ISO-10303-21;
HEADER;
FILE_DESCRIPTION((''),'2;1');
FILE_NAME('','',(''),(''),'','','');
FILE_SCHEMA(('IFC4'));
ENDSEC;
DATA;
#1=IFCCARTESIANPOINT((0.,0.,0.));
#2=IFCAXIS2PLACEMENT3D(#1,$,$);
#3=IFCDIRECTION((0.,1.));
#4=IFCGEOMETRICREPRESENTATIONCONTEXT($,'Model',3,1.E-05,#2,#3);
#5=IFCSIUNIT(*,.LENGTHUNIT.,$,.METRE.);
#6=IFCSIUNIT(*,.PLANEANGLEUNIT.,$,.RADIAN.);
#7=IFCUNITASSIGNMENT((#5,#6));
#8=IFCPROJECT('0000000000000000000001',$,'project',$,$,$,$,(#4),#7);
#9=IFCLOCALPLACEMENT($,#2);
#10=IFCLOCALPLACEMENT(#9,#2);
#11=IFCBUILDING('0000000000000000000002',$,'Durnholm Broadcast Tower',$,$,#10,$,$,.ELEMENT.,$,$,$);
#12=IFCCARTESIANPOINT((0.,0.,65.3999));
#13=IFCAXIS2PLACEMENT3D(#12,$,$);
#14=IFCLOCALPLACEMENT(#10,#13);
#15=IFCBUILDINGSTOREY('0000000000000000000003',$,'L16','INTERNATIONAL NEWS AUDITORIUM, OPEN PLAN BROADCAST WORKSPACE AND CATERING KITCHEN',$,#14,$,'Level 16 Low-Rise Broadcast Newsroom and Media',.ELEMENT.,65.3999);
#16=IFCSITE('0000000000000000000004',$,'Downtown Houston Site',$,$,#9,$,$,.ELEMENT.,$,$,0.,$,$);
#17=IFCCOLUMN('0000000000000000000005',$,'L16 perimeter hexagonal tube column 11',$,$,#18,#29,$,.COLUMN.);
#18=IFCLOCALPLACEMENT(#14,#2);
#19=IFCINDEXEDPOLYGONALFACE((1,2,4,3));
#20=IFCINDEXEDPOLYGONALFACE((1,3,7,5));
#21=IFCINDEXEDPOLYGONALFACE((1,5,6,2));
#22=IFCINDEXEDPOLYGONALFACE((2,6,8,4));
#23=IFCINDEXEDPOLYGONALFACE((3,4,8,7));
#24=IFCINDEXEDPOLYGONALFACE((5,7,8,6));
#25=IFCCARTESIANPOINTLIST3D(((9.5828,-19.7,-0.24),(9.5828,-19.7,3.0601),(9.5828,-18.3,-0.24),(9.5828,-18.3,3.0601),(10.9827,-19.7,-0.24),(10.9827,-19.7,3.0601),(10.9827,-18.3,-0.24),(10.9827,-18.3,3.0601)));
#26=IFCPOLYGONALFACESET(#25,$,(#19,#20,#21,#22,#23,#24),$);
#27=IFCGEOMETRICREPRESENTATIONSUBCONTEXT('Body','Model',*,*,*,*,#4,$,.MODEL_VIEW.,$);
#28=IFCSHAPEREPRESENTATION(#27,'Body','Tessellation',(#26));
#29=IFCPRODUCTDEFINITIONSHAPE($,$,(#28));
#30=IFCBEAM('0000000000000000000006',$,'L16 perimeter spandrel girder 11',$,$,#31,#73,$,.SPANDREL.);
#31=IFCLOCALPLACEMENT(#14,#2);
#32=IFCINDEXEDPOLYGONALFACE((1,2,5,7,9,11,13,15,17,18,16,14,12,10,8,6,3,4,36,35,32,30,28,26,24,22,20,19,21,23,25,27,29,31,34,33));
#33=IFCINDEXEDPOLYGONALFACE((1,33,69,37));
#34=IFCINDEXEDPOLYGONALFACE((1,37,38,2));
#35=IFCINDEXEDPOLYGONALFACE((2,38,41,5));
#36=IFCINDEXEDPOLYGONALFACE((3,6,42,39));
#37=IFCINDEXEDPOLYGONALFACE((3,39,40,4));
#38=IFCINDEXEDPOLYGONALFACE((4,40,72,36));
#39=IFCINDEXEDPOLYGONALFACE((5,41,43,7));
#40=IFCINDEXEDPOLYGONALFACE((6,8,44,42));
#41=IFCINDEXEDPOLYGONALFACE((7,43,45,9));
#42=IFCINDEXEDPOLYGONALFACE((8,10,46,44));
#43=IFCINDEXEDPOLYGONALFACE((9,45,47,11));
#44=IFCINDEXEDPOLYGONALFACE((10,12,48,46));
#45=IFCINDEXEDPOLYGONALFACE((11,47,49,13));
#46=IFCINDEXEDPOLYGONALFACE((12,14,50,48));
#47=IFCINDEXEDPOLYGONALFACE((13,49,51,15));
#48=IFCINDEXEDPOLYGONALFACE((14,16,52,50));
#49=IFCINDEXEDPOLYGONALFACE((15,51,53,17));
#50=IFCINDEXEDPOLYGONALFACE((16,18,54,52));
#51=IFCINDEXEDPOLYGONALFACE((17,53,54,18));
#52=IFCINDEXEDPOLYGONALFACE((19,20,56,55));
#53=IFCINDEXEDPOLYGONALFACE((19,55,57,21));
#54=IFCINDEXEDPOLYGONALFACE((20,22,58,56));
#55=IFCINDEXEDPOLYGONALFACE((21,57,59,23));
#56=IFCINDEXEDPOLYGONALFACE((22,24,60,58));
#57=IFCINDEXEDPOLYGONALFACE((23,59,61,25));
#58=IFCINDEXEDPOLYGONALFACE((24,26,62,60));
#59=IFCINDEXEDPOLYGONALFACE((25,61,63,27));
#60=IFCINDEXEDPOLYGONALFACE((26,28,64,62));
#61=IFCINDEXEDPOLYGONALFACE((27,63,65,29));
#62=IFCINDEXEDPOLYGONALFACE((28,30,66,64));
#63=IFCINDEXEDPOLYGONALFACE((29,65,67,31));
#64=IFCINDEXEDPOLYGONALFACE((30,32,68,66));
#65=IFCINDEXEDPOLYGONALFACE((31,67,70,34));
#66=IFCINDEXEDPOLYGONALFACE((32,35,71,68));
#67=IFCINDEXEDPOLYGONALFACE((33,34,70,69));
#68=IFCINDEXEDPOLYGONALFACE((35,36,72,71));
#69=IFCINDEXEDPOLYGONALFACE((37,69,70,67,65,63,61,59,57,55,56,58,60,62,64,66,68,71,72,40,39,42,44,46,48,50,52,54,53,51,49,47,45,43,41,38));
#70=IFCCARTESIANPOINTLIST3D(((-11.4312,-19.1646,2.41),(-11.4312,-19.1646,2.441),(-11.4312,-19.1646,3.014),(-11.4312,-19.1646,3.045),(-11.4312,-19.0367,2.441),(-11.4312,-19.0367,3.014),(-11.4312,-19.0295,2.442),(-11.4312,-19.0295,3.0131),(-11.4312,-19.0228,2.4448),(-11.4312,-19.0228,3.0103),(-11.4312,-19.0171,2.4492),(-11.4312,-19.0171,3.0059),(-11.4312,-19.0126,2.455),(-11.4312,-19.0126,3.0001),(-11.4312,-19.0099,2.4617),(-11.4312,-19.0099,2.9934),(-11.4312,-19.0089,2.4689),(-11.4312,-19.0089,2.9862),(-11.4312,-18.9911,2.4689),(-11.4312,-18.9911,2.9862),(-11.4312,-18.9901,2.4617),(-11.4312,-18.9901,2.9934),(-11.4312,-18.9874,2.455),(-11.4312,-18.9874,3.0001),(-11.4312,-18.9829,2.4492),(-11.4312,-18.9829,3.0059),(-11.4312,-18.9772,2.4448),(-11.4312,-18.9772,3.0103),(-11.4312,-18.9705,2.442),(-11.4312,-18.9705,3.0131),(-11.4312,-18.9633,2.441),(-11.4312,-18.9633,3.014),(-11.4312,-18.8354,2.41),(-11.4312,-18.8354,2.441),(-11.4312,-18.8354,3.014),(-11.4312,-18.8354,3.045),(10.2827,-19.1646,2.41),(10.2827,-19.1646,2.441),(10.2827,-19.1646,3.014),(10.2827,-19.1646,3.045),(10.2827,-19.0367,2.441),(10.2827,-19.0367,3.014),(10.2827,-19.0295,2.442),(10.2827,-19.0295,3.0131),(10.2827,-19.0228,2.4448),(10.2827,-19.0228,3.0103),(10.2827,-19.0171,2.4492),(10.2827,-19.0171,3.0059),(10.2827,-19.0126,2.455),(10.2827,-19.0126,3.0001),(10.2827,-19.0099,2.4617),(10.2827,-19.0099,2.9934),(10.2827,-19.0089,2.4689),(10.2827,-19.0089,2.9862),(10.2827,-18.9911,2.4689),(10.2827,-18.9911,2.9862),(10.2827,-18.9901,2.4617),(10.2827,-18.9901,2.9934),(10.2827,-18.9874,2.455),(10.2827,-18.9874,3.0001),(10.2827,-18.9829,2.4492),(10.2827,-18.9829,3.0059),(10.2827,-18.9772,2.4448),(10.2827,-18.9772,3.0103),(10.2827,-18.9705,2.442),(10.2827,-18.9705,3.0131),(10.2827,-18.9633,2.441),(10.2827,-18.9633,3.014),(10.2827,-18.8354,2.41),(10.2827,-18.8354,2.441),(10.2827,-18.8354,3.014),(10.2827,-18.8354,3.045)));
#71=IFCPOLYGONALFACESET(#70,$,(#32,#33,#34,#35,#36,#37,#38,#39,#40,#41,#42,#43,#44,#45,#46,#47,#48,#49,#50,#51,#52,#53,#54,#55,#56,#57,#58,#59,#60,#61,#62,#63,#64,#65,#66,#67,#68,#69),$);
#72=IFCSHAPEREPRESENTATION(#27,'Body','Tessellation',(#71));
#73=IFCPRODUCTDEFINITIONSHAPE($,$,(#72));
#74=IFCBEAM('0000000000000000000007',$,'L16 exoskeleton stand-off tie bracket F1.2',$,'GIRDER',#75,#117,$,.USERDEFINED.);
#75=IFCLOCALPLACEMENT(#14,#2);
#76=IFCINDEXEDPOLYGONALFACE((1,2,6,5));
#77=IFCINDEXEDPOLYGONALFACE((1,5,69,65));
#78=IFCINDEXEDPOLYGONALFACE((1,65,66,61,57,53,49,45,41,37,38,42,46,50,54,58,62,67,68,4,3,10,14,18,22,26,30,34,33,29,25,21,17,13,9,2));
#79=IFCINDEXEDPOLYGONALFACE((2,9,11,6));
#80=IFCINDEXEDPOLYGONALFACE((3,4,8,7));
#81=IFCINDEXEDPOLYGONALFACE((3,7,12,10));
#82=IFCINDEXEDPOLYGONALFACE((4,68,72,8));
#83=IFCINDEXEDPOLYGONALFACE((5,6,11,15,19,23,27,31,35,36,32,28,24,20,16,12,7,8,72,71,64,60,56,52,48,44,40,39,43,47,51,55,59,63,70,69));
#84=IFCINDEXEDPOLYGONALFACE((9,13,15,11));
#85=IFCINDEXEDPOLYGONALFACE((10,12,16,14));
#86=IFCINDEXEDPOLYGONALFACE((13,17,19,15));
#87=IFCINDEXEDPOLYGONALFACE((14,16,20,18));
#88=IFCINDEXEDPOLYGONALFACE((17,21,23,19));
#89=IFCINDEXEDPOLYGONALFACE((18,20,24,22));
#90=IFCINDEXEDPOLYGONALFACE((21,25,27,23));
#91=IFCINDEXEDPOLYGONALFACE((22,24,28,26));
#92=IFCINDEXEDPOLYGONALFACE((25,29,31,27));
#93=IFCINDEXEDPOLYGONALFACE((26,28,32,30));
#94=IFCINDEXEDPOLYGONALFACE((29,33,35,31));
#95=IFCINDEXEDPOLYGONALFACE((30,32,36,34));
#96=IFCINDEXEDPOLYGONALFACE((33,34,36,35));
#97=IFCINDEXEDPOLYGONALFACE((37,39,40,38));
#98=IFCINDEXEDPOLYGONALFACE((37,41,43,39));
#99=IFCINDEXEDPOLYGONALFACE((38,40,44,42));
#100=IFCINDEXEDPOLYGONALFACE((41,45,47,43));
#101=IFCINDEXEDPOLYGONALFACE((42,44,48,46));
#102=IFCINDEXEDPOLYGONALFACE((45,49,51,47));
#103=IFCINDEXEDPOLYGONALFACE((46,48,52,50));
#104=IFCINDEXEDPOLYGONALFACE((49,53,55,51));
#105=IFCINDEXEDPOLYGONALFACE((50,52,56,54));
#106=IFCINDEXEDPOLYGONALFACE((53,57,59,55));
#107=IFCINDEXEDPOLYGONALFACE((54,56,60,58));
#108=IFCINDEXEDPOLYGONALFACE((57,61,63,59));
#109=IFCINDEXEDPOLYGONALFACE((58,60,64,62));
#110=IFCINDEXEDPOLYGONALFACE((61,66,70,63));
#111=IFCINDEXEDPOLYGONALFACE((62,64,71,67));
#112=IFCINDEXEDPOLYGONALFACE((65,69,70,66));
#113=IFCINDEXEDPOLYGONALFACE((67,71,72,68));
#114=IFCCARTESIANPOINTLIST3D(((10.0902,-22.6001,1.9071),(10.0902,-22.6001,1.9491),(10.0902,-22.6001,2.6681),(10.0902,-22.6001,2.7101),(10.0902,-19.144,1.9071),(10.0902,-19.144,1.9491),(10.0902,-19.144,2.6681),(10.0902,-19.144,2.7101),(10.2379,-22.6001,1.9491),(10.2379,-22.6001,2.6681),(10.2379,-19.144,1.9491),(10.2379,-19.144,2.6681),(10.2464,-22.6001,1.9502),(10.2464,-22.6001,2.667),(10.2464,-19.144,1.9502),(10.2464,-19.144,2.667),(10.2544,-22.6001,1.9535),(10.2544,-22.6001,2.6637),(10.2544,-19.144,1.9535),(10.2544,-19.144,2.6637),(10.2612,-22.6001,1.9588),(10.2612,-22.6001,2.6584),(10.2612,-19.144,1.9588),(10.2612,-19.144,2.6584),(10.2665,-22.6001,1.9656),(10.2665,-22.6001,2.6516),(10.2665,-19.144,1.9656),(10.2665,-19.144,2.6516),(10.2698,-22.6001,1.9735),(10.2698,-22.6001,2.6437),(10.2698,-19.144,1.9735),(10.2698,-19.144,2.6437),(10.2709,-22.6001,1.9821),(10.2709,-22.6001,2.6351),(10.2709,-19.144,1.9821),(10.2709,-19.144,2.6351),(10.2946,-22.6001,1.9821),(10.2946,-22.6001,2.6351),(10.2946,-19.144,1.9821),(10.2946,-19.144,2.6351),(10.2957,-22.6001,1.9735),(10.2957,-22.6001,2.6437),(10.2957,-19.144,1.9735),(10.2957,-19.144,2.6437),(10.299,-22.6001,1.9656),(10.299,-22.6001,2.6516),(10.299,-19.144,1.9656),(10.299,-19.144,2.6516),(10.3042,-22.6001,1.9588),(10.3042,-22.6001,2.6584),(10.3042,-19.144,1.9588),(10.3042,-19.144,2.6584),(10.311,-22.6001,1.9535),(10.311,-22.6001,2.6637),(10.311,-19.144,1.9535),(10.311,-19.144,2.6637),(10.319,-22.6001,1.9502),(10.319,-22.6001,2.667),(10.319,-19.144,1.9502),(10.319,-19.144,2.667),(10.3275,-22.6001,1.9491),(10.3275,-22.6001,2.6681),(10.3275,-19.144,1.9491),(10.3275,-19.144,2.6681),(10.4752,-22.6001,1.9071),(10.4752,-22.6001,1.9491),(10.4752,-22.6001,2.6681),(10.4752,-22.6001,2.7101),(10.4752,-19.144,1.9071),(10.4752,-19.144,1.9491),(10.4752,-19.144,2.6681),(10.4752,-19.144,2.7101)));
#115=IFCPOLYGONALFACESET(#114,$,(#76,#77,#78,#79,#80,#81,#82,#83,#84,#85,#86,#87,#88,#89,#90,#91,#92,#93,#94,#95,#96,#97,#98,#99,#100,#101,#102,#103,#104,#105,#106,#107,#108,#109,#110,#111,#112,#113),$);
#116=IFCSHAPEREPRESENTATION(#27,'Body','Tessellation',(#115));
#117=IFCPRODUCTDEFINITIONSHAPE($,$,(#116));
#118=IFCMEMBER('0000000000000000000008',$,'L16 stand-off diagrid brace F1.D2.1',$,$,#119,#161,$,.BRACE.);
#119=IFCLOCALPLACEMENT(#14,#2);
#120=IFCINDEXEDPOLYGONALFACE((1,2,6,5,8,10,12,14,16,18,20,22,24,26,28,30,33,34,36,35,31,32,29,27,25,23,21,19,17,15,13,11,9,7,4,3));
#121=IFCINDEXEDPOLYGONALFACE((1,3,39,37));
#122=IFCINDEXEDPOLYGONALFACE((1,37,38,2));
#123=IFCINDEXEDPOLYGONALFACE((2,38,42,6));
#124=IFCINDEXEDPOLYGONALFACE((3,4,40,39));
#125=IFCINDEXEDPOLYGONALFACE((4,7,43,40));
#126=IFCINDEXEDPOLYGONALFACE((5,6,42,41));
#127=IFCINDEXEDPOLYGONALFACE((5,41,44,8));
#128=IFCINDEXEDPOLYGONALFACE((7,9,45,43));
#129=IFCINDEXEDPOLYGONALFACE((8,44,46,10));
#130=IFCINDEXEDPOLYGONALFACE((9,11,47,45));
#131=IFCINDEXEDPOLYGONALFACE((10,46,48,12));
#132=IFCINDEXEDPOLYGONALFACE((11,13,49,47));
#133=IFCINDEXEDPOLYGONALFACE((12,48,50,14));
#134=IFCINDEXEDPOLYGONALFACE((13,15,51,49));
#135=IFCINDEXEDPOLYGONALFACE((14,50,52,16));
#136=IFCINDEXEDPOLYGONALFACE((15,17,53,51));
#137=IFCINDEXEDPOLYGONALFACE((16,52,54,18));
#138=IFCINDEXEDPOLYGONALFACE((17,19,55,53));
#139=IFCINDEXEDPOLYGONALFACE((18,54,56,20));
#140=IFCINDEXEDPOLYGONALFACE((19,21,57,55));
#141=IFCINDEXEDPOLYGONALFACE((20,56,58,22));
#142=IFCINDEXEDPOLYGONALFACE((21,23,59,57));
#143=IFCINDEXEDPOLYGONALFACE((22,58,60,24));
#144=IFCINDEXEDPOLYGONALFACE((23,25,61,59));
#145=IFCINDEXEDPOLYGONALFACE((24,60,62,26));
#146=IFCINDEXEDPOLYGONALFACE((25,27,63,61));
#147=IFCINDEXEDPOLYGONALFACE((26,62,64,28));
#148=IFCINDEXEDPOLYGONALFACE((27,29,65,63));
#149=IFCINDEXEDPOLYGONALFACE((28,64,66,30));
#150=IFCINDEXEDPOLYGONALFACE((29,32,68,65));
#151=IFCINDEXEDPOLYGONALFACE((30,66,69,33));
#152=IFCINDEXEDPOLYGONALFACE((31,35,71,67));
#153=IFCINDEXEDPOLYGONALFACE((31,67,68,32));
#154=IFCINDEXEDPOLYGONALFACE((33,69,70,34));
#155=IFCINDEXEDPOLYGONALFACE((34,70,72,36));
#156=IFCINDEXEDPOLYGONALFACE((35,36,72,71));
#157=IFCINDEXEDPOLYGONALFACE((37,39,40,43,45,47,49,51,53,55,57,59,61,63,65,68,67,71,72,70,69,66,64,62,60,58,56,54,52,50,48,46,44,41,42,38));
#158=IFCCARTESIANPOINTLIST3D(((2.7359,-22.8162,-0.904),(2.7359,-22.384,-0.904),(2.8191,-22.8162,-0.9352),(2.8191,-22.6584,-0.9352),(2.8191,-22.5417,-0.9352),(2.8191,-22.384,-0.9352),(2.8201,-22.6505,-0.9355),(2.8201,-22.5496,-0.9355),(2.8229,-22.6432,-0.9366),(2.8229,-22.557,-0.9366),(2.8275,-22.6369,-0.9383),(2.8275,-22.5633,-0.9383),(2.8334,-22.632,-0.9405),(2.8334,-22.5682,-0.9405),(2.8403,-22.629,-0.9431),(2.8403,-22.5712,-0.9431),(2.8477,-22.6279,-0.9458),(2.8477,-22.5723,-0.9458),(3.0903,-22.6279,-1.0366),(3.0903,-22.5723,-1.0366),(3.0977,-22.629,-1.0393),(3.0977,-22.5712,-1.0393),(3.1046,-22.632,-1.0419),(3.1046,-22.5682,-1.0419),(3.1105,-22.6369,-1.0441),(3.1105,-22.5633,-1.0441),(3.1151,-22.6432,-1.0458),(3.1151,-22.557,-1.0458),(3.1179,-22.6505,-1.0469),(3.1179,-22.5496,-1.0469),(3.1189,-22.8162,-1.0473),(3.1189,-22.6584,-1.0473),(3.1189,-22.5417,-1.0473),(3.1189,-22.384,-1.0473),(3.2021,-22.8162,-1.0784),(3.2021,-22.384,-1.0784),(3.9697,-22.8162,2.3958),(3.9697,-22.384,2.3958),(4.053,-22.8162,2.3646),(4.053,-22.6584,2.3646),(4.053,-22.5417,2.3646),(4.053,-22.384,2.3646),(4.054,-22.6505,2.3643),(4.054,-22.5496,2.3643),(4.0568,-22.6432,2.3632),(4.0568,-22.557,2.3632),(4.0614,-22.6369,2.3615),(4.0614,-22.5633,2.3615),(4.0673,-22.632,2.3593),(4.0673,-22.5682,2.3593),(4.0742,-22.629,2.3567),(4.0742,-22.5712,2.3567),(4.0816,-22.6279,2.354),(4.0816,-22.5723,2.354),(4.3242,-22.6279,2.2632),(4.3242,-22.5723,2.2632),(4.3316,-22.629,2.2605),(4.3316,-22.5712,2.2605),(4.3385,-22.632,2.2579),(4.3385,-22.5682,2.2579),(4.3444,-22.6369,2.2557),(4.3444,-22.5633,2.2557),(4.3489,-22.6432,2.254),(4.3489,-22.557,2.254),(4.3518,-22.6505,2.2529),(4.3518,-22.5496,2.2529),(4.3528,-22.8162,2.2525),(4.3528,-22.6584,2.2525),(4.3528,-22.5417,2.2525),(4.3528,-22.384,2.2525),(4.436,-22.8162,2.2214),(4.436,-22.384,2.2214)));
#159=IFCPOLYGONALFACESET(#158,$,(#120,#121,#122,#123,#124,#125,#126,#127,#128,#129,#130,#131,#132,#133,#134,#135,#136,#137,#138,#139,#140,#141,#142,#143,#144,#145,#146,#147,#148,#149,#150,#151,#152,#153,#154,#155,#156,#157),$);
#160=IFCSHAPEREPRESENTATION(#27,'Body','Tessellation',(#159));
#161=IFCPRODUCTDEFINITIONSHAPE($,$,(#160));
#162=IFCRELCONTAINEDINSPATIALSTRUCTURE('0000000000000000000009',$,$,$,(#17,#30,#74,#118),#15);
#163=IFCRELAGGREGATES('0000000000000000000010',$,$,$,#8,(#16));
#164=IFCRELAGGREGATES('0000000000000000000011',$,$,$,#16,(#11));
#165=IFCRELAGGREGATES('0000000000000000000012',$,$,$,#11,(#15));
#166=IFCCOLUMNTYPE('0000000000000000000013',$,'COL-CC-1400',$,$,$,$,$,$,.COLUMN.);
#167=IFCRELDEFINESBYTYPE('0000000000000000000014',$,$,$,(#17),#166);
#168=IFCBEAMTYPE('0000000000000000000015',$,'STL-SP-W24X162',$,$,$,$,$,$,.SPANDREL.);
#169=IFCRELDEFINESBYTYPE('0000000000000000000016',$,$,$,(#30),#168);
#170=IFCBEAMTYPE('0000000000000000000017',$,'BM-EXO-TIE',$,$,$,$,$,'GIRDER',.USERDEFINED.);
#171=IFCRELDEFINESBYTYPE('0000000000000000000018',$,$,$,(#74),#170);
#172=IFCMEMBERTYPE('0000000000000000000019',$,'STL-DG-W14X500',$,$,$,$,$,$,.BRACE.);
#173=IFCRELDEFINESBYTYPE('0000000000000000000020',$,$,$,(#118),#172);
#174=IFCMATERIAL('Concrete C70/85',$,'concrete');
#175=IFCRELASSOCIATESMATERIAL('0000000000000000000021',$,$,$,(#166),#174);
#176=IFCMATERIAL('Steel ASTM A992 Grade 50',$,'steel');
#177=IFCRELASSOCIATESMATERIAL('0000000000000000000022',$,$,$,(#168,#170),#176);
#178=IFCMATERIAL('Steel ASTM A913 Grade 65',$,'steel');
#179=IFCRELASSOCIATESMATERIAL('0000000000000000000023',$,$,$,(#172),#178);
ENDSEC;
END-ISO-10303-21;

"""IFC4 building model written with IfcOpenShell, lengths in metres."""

from ifc_helpers import new_model, si_unit, direction, frame, origin, origin_2d, place, context, subcontext, project, spatial, rectangle, i_section, extrude, source, transform, mapped, material, material_profile, profile_set, type_object, type_shapes, element, save


model = new_model("IFC4")

# Units and contexts
model_context = context("Model", 3, precision=1e-05, world=origin(), true_north=direction((0.0, 1.0)))
body_context = subcontext(model_context, "Body", "Model", "MODEL_VIEW")
ifc_project = project(units=[si_unit("LENGTHUNIT", "METRE"), si_unit("PLANEANGLEUNIT", "RADIAN")], contexts=[model_context])

# Site, building, storey
site_placement = place(None, origin())
site = spatial("IfcSite", under=ifc_project, at=site_placement, Name="Downtown Houston Site", CompositionType="ELEMENT", RefElevation=0.0)
building_placement = place(site_placement, origin())
building = spatial("IfcBuilding", under=site, at=building_placement, Name="Durnholm Broadcast Tower", CompositionType="ELEMENT")
storey_placement = place(building_placement, frame((0.0, 0.0, 65.3999)))
storey = spatial("IfcBuildingStorey", under=building, at=storey_placement, Name="L16", Description="INTERNATIONAL NEWS AUDITORIUM, OPEN PLAN BROADCAST WORKSPACE AND CATERING KITCHEN", LongName="Level 16 Low-Rise Broadcast Newsroom and Media", CompositionType="ELEMENT", Elevation=65.3999)

# Column
ifc_material_1 = material(Name="Concrete C70/85", Category="concrete")
ifc_material_profile_1 = material_profile(ifc_material_1, rectangle(XDim=1.3999, YDim=1.3999, at=origin_2d()), Name="RC1400X1400")
ifc_profile_set_1 = profile_set([ifc_material_profile_1], Name="Concrete C70/85")
column_type = type_object("IfcColumnType", Name="COL-CC-1400", PredefinedType="COLUMN", material=ifc_profile_set_1)
shared_shape_1 = source(origin(), body_context, "Body", "SweptSolid", [
    extrude(rectangle(XDim=1.3999, YDim=1.3999, at=origin_2d()), origin(), (0.0, 0.0, 1.0), 3.3),
])
type_shapes(column_type, [shared_shape_1])
column_placement = place(storey_placement, frame((10.2827, -19.0, -0.24), z_axis=(0.0, 0.0, 1.0), x_axis=(1.0, 0.0, 0.0)))
element("IfcColumn", 1, at=column_placement, inside=storey, type_object=column_type, Name="L16 perimeter hexagonal tube column 11", PredefinedType="COLUMN", context=body_context, shape_type="MappedRepresentation", body=[
    mapped(shared_shape_1, transform((0.0, 0.0, 0.0), x_axis=(1.0, 0.0, 0.0), y_axis=(0.0, 1.0, 0.0), z_axis=(0.0, 0.0, 1.0), scale=1.0)),
])

# Beams
ifc_material_2 = material(Name="Steel ASTM A992 Grade 50", Category="steel")
ifc_material_profile_2 = material_profile(ifc_material_2, i_section(OverallWidth=0.3291, OverallDepth=0.635, WebThickness=0.0178, FlangeThickness=0.031, FilletRadius=0.0278, at=origin_2d()), Name="W24X162")
ifc_profile_set_2 = profile_set([ifc_material_profile_2], Name="Steel ASTM A992 Grade 50")
beam_type_1 = type_object("IfcBeamType", Name="STL-SP-W24X162", PredefinedType="SPANDREL", material=ifc_profile_set_2)
shared_shape_2 = source(origin(), body_context, "Body", "SweptSolid", [
    extrude(i_section(OverallWidth=0.3291, OverallDepth=0.635, WebThickness=0.0178, FlangeThickness=0.031, FilletRadius=0.0278, at=origin_2d()), origin(), (0.0, 0.0, 1.0), 21.7139),
])
type_shapes(beam_type_1, [shared_shape_2])
beam_1_placement = place(storey_placement, frame((10.2827, -19.0, 2.7275), z_axis=(-1.0, 0.0, 0.0), x_axis=(0.0, -1.0, 0.0)))
element("IfcBeam", 2, at=beam_1_placement, inside=storey, type_object=beam_type_1, Name="L16 perimeter spandrel girder 11", PredefinedType="SPANDREL", context=body_context, shape_type="MappedRepresentation", body=[
    mapped(shared_shape_2, transform((0.0, 0.0, 0.0), x_axis=(1.0, 0.0, 0.0), y_axis=(0.0, 1.0, 0.0), z_axis=(0.0, 0.0, 1.0), scale=1.0)),
])
ifc_material_profile_3 = material_profile(ifc_material_2, i_section(OverallWidth=0.385, OverallDepth=0.803, WebThickness=0.0237, FlangeThickness=0.042, FilletRadius=0.033, at=origin_2d()), Name="W30X261")
ifc_profile_set_3 = profile_set([ifc_material_profile_3], Name="Steel ASTM A992 Grade 50")
beam_type_2 = type_object("IfcBeamType", Name="BM-EXO-TIE", ElementType="GIRDER", PredefinedType="USERDEFINED", material=ifc_profile_set_3)
shared_shape_3 = source(origin(), body_context, "Body", "SweptSolid", [
    extrude(i_section(OverallWidth=0.385, OverallDepth=0.803, WebThickness=0.0237, FlangeThickness=0.042, FilletRadius=0.033, at=origin_2d()), origin(), (0.0, 0.0, 1.0), 3.4561),
])
type_shapes(beam_type_2, [shared_shape_3])
beam_2_placement = place(storey_placement, frame((10.2827, -19.144, 2.3086), z_axis=(0.0, -1.0, 0.0), x_axis=(1.0, 0.0, 0.0)))
element("IfcBeam", 3, at=beam_2_placement, inside=storey, type_object=beam_type_2, Name="L16 exoskeleton stand-off tie bracket F1.2", ObjectType="GIRDER", PredefinedType="USERDEFINED", context=body_context, shape_type="MappedRepresentation", body=[
    mapped(shared_shape_3, transform((0.0, 0.0, 0.0), x_axis=(1.0, 0.0, 0.0), y_axis=(0.0, 1.0, 0.0), z_axis=(0.0, 0.0, 1.0), scale=1.0)),
])

# Member
ifc_material_3 = material(Name="Steel ASTM A913 Grade 65", Category="steel")
ifc_material_profile_4 = material_profile(ifc_material_3, i_section(OverallWidth=0.4321, OverallDepth=0.4978, WebThickness=0.0557, FlangeThickness=0.0889, FilletRadius=0.0305, at=origin_2d()), Name="W14X500")
ifc_profile_set_4 = profile_set([ifc_material_profile_4], Name="Steel ASTM A913 Grade 65")
member_type_1 = type_object("IfcMemberType", Name="STL-DG-W14X500", PredefinedType="BRACE", material=ifc_profile_set_4)
shared_shape_4 = source(origin(), body_context, "Body", "SweptSolid", [
    extrude(i_section(OverallWidth=0.4321, OverallDepth=0.4978, WebThickness=0.0557, FlangeThickness=0.0889, FilletRadius=0.0305, at=origin_2d()), origin(), (0.0, 0.0, 1.0), 3.5229),
])
type_shapes(member_type_1, [shared_shape_4])
for number, where, z_axis, x_axis, name in (
    (4, (2.969, -22.6001, -0.9912), (0.350242, 0.0, 0.936659), (0.0, 1.0, 0.0), "L16 stand-off diagrid brace F1.D2.1"),
):
    element("IfcMember", number, at=place(storey_placement, frame(where, z_axis=z_axis, x_axis=x_axis)), inside=storey, type_object=member_type_1, Name=name, PredefinedType="BRACE", context=body_context, shape_type="MappedRepresentation", body=[
        mapped(shared_shape_4, transform((0.0, 0.0, 0.0), x_axis=(1.0, 0.0, 0.0), y_axis=(0.0, 1.0, 0.0), z_axis=(0.0, 0.0, 1.0), scale=1.0)),
    ])

save(model, "model.ifc")
